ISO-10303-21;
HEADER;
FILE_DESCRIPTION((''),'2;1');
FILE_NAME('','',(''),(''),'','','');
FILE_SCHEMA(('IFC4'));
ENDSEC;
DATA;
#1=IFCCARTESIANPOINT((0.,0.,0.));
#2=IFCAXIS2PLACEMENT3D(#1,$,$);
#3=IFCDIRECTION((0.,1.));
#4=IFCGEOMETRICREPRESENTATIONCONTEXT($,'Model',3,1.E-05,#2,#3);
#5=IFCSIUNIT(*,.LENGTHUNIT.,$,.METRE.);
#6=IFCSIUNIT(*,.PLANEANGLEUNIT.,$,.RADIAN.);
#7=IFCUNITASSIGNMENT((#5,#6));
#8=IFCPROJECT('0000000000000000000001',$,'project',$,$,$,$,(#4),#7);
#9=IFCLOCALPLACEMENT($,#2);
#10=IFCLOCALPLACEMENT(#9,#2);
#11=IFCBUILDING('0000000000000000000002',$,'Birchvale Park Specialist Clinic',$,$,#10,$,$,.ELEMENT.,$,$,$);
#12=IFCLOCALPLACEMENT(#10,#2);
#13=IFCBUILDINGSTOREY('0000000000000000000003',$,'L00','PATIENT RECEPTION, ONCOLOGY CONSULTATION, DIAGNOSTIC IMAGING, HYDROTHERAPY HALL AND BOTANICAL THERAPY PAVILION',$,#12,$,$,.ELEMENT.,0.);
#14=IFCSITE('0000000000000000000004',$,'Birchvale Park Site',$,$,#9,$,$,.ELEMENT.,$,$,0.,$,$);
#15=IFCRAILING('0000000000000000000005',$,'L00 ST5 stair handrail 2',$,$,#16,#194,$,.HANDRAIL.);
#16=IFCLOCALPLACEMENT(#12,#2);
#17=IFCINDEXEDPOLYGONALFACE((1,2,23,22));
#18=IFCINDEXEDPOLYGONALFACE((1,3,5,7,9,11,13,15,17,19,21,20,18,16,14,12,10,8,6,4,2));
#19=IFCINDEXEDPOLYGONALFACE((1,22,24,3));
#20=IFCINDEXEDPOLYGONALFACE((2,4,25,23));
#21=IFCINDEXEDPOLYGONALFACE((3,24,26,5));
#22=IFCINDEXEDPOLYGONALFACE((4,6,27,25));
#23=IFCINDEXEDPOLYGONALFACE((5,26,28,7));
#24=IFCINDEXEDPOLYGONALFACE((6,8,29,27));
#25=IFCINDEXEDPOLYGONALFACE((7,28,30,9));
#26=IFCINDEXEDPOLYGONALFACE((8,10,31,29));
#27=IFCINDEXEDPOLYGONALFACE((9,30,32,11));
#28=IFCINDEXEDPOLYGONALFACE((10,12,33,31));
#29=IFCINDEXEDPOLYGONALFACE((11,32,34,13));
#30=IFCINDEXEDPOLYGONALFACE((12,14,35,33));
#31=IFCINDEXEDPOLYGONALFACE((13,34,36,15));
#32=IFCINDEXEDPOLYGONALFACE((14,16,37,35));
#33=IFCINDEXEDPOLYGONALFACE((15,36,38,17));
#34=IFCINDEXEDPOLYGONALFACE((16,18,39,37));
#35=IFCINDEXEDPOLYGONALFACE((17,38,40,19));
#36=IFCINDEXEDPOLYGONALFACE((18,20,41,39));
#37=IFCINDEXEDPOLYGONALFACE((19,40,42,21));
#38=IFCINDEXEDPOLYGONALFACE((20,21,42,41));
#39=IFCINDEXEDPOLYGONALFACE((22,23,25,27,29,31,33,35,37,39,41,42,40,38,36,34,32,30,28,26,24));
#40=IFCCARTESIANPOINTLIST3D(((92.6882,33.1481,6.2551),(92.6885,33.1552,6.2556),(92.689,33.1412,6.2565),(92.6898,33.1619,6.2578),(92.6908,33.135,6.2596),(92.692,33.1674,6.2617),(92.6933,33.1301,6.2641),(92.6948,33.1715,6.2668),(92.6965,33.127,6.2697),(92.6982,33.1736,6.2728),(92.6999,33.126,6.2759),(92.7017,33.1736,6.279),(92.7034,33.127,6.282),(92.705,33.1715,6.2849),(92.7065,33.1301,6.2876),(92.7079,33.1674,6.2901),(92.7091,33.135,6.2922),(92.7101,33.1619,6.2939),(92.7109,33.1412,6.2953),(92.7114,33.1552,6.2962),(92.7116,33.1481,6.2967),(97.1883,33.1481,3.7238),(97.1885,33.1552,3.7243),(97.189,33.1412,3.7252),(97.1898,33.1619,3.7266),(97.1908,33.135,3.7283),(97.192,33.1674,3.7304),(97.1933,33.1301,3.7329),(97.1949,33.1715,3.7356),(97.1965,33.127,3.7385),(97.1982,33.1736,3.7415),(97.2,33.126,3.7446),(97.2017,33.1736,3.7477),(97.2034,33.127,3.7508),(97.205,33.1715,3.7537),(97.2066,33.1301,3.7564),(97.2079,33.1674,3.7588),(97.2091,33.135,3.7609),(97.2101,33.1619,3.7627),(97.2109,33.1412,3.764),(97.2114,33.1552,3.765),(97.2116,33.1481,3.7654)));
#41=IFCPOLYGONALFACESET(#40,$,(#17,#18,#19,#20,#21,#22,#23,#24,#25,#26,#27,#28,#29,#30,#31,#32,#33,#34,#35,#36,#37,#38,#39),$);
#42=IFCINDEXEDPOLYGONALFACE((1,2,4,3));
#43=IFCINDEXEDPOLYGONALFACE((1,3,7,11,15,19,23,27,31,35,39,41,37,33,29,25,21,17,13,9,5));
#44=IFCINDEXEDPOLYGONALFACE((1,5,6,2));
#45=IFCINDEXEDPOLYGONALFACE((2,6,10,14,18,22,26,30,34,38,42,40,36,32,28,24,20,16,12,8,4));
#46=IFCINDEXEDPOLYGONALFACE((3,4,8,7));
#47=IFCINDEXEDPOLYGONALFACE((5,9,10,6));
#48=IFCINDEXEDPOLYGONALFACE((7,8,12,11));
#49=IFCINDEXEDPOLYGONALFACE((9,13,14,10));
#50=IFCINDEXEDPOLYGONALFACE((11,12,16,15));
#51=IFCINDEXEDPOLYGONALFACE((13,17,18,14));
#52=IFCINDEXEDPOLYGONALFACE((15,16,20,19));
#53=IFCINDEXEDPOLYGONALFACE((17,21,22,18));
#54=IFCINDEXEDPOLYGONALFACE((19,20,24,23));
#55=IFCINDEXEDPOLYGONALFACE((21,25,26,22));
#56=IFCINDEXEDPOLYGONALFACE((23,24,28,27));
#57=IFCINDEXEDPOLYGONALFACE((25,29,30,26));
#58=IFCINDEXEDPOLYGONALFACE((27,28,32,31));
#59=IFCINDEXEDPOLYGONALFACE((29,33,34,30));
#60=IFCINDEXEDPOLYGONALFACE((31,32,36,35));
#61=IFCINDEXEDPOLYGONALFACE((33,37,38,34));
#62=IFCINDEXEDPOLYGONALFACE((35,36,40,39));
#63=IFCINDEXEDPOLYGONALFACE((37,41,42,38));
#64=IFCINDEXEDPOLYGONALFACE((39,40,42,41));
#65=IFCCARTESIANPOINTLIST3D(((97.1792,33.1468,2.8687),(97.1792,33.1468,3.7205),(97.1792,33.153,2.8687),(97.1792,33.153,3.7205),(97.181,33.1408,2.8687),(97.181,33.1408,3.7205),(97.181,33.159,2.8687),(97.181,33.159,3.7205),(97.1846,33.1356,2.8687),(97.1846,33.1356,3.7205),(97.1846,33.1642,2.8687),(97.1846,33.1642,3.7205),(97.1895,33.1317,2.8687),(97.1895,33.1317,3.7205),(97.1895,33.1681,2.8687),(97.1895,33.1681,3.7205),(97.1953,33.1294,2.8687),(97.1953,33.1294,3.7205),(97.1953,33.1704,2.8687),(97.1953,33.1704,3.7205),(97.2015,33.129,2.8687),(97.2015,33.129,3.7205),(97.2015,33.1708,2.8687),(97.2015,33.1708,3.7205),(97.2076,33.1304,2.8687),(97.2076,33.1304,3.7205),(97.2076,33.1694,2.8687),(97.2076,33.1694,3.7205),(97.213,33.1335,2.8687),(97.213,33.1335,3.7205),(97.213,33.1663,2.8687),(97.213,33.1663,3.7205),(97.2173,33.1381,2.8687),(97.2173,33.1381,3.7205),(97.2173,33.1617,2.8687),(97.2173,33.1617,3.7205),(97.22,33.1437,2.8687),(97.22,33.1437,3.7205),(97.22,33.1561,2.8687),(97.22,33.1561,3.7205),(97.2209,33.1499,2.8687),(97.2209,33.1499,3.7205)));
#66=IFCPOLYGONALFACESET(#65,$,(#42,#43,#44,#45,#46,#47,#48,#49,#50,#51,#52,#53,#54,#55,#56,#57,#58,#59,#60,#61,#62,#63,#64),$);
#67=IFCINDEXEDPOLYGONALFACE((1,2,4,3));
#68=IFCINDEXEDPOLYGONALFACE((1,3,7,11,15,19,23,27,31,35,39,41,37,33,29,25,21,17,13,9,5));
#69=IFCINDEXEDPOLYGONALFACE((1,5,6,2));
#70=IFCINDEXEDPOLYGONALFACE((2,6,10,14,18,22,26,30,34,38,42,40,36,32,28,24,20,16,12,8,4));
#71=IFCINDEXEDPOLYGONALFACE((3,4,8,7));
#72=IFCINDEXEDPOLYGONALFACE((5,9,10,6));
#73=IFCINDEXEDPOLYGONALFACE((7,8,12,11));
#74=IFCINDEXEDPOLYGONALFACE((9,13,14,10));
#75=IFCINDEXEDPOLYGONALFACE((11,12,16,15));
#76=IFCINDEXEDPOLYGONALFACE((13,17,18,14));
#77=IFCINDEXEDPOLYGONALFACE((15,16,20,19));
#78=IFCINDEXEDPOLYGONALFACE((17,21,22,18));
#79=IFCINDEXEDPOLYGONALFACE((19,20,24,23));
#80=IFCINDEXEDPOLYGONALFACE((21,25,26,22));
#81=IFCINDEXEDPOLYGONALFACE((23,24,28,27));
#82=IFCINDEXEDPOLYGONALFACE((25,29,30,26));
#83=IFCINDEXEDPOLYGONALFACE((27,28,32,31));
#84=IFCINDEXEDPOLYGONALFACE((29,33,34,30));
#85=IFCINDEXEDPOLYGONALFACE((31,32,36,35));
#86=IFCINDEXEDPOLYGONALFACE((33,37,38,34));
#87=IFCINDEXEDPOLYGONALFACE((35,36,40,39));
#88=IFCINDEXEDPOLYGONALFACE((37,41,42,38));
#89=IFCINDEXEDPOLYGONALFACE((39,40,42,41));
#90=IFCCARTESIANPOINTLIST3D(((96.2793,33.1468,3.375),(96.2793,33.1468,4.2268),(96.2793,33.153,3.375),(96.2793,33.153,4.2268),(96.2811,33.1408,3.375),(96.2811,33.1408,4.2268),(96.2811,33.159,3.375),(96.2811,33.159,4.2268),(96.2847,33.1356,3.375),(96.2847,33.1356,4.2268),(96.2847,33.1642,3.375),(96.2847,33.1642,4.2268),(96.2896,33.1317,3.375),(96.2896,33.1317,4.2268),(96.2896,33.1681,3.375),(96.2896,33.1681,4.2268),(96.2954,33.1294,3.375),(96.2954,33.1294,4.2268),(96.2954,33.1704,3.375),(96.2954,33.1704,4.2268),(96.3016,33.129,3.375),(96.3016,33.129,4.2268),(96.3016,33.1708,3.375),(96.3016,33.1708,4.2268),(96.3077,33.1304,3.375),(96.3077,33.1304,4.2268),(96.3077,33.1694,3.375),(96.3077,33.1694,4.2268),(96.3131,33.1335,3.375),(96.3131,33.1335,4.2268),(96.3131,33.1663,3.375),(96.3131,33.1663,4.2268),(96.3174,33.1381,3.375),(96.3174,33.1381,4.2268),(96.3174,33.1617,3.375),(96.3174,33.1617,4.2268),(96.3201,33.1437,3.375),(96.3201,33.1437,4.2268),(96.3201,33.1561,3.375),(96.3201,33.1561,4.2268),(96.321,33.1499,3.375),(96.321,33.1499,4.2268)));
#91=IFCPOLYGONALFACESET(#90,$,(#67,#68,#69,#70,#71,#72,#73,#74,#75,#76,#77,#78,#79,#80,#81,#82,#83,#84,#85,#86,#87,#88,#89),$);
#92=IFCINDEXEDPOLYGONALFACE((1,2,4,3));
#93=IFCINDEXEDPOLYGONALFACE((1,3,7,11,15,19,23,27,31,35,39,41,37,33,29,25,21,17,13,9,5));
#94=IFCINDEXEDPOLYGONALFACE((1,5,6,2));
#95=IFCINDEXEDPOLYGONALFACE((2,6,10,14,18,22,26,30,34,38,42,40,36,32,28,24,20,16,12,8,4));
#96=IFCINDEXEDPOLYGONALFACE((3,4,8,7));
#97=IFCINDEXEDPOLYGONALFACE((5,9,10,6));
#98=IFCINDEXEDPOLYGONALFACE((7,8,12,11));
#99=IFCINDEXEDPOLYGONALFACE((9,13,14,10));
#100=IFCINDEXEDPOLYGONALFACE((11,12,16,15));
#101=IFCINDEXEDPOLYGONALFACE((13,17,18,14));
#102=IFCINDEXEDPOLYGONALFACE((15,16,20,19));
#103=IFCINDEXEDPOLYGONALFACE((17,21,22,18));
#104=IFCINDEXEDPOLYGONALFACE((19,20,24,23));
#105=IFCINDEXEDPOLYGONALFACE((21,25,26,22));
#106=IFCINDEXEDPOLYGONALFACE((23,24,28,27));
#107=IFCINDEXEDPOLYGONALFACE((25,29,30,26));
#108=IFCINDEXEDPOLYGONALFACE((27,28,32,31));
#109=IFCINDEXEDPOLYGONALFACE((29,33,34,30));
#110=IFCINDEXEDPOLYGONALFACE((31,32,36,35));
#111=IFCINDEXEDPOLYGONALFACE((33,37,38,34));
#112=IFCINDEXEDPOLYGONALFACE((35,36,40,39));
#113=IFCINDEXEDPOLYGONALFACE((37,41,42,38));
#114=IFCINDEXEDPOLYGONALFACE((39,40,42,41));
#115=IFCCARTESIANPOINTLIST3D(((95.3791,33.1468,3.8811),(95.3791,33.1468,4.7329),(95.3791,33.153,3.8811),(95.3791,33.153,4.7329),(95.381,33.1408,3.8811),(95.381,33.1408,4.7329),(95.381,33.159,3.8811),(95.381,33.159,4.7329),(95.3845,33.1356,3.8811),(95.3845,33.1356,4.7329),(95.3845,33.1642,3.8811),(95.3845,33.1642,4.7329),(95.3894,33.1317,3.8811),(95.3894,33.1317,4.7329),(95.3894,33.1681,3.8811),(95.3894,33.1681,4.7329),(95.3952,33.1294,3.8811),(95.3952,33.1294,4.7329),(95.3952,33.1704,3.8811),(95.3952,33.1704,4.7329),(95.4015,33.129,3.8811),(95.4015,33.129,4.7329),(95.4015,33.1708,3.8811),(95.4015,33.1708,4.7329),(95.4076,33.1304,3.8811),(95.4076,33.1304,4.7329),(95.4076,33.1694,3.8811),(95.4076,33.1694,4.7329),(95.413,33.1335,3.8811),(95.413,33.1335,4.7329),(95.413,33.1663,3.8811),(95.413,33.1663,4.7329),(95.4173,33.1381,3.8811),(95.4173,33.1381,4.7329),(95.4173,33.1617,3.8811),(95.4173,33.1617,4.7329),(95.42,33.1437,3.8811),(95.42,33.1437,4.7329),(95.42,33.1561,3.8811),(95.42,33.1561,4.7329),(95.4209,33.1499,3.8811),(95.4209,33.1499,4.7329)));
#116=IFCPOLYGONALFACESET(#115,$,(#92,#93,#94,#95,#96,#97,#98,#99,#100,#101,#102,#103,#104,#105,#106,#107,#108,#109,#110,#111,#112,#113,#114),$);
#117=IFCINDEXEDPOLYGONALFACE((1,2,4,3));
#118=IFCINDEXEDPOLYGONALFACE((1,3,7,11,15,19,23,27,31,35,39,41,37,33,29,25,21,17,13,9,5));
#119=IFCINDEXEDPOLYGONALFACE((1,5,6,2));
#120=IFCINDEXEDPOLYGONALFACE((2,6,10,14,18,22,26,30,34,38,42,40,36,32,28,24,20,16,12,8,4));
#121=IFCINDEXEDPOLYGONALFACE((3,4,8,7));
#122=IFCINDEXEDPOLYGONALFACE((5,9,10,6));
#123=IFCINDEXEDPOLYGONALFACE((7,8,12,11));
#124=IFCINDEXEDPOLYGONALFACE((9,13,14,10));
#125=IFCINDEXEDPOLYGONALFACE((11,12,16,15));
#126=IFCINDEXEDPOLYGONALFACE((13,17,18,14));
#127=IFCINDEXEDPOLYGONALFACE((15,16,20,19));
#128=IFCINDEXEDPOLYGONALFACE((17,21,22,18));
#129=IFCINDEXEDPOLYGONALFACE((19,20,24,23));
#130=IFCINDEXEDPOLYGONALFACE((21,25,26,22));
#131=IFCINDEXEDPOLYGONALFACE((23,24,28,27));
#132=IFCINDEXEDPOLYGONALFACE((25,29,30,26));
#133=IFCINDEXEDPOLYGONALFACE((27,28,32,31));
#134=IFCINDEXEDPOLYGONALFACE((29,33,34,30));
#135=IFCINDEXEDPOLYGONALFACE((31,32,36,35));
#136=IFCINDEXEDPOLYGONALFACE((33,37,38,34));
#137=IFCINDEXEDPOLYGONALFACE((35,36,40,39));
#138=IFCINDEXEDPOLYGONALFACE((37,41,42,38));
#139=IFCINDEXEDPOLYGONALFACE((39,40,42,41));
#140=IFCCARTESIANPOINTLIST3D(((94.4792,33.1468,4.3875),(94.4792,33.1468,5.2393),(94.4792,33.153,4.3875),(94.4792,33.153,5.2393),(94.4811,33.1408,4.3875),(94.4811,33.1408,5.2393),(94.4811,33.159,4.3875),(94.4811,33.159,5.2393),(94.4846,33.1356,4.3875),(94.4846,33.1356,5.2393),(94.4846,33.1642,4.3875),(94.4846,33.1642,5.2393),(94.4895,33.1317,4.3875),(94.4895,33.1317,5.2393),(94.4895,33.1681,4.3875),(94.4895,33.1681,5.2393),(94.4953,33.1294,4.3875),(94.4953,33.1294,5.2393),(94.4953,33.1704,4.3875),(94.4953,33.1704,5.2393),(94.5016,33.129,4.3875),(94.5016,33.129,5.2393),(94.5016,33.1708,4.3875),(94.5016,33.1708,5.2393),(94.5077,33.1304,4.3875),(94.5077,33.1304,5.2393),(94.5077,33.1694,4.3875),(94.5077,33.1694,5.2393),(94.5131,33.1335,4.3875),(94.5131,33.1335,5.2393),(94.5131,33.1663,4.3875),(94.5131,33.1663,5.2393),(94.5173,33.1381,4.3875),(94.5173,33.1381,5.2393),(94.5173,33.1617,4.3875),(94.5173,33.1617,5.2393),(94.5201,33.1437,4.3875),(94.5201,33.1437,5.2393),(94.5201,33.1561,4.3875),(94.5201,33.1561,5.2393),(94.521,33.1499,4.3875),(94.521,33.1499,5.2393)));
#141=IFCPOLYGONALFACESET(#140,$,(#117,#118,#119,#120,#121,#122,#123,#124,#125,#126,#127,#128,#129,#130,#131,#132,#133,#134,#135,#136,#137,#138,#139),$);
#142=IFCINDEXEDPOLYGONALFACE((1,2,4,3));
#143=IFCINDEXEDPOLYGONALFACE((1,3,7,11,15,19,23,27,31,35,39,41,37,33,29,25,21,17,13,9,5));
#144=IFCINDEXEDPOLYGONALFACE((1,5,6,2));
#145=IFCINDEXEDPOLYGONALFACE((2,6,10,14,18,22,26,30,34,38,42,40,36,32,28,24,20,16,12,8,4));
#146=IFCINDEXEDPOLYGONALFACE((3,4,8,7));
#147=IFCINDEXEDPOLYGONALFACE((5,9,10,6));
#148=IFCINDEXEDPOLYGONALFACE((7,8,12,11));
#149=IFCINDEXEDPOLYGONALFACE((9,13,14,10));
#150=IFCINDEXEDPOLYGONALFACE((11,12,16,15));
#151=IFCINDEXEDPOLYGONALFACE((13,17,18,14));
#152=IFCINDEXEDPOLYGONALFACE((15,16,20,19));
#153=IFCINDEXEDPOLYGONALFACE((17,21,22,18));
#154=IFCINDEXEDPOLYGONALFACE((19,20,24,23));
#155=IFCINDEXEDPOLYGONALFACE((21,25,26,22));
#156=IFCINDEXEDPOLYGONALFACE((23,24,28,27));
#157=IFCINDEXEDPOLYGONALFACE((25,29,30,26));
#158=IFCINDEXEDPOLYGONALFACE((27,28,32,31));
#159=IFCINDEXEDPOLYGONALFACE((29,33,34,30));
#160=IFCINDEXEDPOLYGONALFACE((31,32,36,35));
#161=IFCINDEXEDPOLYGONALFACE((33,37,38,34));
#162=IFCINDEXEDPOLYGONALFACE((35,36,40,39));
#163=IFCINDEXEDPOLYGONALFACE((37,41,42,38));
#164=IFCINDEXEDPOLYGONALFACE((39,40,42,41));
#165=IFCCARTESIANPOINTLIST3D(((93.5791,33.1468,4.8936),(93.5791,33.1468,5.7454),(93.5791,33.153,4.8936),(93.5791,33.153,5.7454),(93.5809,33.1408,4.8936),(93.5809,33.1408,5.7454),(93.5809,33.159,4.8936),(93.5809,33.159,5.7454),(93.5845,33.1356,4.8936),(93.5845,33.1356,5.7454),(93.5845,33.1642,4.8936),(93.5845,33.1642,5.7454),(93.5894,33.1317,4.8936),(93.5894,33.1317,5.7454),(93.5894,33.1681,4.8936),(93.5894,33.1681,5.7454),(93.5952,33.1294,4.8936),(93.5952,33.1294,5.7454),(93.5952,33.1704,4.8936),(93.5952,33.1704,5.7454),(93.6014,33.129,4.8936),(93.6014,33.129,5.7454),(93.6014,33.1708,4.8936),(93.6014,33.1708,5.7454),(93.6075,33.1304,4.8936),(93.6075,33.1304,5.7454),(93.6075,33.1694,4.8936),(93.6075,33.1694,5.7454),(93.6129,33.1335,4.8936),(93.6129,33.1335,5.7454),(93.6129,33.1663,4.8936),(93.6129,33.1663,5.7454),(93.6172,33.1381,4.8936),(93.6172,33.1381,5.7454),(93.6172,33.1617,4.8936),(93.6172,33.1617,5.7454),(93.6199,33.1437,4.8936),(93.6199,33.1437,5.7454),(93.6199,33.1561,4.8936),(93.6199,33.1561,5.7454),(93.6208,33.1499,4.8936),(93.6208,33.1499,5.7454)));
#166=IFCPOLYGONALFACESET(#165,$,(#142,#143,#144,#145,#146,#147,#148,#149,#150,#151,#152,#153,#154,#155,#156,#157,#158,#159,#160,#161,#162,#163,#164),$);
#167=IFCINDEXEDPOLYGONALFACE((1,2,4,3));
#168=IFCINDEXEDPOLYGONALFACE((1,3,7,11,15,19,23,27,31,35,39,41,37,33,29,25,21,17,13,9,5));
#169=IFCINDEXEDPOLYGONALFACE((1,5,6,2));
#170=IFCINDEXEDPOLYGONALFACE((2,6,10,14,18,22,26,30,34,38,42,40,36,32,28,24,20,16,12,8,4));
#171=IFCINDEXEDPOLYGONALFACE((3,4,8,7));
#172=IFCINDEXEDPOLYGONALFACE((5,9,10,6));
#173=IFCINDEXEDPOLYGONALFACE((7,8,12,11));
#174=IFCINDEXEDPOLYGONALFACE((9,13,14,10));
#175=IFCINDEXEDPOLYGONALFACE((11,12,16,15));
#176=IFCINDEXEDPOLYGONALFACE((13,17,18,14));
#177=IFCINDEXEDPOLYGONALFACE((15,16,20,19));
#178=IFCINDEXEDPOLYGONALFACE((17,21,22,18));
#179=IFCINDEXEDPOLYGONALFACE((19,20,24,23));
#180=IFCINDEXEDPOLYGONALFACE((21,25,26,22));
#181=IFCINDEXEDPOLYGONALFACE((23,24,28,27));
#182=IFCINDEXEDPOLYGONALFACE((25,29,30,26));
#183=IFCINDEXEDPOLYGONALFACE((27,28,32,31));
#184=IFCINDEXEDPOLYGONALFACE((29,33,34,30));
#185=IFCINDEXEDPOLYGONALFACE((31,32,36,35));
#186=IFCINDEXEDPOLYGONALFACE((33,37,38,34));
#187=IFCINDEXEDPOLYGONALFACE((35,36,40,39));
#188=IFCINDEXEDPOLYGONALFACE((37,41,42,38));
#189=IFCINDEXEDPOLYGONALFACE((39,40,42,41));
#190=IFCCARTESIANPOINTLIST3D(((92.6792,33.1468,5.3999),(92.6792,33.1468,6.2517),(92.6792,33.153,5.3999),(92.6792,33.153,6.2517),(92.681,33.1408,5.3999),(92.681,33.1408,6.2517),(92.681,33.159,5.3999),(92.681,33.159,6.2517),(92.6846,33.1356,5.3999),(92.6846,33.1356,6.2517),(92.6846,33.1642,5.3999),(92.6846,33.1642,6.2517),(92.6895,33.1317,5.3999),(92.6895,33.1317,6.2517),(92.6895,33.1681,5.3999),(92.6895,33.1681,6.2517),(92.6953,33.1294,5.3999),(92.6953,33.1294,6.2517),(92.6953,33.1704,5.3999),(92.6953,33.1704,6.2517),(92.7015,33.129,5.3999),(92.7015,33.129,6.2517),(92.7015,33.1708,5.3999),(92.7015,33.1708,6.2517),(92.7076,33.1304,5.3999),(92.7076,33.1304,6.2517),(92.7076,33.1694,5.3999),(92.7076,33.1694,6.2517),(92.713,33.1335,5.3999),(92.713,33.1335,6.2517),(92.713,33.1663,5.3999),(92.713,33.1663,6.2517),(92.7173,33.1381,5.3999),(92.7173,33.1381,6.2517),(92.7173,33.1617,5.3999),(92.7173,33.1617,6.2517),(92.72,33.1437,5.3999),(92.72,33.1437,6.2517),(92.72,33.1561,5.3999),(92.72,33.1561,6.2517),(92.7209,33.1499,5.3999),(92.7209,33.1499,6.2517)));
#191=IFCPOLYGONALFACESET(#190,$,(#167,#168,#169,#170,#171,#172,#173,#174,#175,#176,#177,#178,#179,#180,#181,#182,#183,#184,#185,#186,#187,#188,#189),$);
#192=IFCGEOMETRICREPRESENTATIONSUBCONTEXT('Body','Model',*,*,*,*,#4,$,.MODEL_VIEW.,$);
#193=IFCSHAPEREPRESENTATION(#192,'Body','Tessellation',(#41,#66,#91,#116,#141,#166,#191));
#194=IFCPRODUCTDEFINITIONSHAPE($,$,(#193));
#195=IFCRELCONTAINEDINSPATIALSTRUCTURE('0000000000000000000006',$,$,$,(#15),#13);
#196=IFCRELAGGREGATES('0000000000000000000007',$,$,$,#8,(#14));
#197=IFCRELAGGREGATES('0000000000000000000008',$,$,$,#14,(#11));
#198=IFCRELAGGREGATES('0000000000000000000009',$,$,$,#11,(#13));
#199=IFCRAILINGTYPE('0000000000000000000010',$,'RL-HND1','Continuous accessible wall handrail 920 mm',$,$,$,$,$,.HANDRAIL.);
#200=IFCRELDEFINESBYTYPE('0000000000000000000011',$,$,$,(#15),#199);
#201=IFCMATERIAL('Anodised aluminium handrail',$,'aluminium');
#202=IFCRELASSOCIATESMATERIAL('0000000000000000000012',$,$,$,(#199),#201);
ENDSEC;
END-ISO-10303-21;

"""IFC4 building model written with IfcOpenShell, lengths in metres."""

from ifc_helpers import new_model, si_unit, direction, frame, origin, origin_2d, place, context, subcontext, project, spatial, circle, extrude, material, type_object, element, save


model = new_model("IFC4")

# Units and contexts
model_context = context("Model", 3, precision=1e-05, world=origin(), true_north=direction((0.0, 1.0)))
body_context = subcontext(model_context, "Body", "Model", "MODEL_VIEW")
ifc_project = project(units=[si_unit("LENGTHUNIT", "METRE"), si_unit("PLANEANGLEUNIT", "RADIAN")], contexts=[model_context])

# Site, building, storey
site_placement = place(None, origin())
site = spatial("IfcSite", under=ifc_project, at=site_placement, Name="Birchvale Park Site", CompositionType="ELEMENT", RefElevation=0.0)
building_placement = place(site_placement, origin())
building = spatial("IfcBuilding", under=site, at=building_placement, Name="Birchvale Park Specialist Clinic", CompositionType="ELEMENT")
storey_placement = place(building_placement, origin())
storey = spatial("IfcBuildingStorey", under=building, at=storey_placement, Name="L00", Description="PATIENT RECEPTION, ONCOLOGY CONSULTATION, DIAGNOSTIC IMAGING, HYDROTHERAPY HALL AND BOTANICAL THERAPY PAVILION", CompositionType="ELEMENT", Elevation=0.0)

# Railing
ifc_material_1 = material(Name="Anodised aluminium handrail", Category="aluminium")
railing_type_1 = type_object("IfcRailingType", Name="RL-HND1", Description="Continuous accessible wall handrail 920 mm", PredefinedType="HANDRAIL", material=ifc_material_1)
railing_1_placement = place(storey_placement, frame((97.2, 33.1499, 2.8687)))
element("IfcRailing", 1, at=railing_1_placement, inside=storey, type_object=railing_type_1, Name="L00 ST5 stair handrail 2", PredefinedType="HANDRAIL", context=body_context, shape_type="SweptSolid", body=[
    extrude(circle(Radius=0.0239, at=origin_2d()), frame((0.0, 0.0, 0.876), z_axis=(-0.871576, 0.0, 0.490261), x_axis=(0.0, -1.0, 0.0)), (0.0, 0.0, 1.0), 5.1631),
    extrude(circle(Radius=0.021, at=origin_2d()), origin(), (0.0, 0.0, 1.0), 0.8518),
    extrude(circle(Radius=0.021, at=origin_2d()), frame((-0.8999, 0.0, 0.5063)), (0.0, 0.0, 1.0), 0.8518),
    extrude(circle(Radius=0.021, at=origin_2d()), frame((-1.8, 0.0, 1.0125)), (0.0, 0.0, 1.0), 0.8518),
    extrude(circle(Radius=0.021, at=origin_2d()), frame((-2.7, 0.0, 1.5188)), (0.0, 0.0, 1.0), 0.8518),
    extrude(circle(Radius=0.021, at=origin_2d()), frame((-3.6001, 0.0, 2.0249)), (0.0, 0.0, 1.0), 0.8518),
    extrude(circle(Radius=0.021, at=origin_2d()), frame((-4.5, 0.0, 2.5312)), (0.0, 0.0, 1.0), 0.8518),
])

save(model, "model.ifc")
